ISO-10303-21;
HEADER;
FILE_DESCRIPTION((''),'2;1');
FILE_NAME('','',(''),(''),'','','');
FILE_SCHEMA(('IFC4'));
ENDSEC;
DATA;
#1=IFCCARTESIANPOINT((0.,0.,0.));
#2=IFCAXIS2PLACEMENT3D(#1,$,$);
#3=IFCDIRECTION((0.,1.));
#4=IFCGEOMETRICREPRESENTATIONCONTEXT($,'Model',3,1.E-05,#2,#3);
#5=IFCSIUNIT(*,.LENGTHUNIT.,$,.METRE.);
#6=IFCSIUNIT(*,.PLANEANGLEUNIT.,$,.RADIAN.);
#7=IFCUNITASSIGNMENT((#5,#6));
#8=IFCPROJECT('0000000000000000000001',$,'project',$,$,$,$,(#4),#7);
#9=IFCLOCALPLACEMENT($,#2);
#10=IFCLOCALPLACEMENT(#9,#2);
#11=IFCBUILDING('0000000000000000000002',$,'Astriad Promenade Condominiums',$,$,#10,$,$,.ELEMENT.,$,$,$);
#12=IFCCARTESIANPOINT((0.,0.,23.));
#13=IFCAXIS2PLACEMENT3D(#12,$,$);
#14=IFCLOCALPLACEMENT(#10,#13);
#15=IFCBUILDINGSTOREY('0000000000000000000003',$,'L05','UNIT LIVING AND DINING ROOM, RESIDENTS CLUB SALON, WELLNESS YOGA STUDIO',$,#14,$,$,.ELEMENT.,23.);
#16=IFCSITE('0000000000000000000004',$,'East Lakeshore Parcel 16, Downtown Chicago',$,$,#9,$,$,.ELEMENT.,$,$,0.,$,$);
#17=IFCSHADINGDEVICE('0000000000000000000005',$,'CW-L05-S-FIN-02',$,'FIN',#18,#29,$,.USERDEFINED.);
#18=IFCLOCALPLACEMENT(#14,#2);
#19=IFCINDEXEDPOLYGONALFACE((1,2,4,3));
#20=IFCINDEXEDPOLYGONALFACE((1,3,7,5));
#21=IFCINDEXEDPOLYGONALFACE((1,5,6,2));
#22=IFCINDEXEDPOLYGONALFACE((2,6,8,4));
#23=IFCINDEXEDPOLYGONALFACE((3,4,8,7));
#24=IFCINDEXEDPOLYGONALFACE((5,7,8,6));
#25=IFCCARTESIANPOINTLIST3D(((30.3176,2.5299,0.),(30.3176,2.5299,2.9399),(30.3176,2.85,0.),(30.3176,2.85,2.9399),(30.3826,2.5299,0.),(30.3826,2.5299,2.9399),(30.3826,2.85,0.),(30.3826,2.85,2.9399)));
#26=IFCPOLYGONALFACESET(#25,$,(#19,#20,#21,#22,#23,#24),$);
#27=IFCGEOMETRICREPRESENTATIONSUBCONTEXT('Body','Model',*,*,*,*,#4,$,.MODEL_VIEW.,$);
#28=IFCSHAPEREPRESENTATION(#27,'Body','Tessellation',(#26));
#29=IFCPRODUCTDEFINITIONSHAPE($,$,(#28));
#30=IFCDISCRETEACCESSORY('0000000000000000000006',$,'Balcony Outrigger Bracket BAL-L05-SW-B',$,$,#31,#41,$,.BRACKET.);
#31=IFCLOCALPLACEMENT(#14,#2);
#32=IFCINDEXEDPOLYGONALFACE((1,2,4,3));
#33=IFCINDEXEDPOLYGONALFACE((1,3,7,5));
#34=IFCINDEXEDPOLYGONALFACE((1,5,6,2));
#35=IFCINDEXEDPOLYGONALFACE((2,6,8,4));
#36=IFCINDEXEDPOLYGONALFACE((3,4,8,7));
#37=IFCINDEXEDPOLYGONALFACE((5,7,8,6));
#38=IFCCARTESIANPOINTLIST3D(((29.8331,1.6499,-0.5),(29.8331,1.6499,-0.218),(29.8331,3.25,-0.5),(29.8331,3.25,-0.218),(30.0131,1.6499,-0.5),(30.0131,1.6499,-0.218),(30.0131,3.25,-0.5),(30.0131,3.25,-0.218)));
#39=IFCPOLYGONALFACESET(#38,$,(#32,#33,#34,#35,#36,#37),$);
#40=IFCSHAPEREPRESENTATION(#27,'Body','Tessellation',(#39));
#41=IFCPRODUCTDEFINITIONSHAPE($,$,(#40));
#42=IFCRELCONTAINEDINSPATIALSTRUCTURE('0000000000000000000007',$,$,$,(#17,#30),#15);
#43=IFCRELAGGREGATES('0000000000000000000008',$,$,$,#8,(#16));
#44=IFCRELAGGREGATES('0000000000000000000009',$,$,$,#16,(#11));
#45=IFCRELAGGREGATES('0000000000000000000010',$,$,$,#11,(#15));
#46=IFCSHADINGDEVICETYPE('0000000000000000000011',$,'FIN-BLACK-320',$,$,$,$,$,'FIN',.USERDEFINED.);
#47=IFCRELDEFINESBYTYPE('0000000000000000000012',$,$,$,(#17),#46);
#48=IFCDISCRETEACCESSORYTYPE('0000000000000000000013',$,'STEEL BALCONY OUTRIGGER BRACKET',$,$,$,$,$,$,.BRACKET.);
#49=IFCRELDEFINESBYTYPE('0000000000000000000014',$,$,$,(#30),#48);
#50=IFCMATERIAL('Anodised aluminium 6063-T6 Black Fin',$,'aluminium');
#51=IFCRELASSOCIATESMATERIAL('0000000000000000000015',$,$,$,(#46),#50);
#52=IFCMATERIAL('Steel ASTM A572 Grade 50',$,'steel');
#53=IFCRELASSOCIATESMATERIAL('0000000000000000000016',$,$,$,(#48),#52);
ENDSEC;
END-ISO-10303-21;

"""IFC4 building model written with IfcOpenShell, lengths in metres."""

from ifc_helpers import new_model, si_unit, direction, frame, origin, origin_2d, place, context, subcontext, project, spatial, rectangle, extrude, source, transform, mapped, material, type_object, type_shapes, element, save


model = new_model("IFC4")

# Units and contexts
model_context = context("Model", 3, precision=1e-05, world=origin(), true_north=direction((0.0, 1.0)))
body_context = subcontext(model_context, "Body", "Model", "MODEL_VIEW")
ifc_project = project(units=[si_unit("LENGTHUNIT", "METRE"), si_unit("PLANEANGLEUNIT", "RADIAN")], contexts=[model_context])

# Site, building, storey
site_placement = place(None, origin())
site = spatial("IfcSite", under=ifc_project, at=site_placement, Name="East Lakeshore Parcel 16, Downtown Chicago", CompositionType="ELEMENT", RefElevation=0.0)
building_placement = place(site_placement, origin())
building = spatial("IfcBuilding", under=site, at=building_placement, Name="Astriad Promenade Condominiums", CompositionType="ELEMENT")
storey_placement = place(building_placement, frame((0.0, 0.0, 23.0)))
storey = spatial("IfcBuildingStorey", under=building, at=storey_placement, Name="L05", Description="UNIT LIVING AND DINING ROOM, RESIDENTS CLUB SALON, WELLNESS YOGA STUDIO", CompositionType="ELEMENT", Elevation=23.0)

# Shading device
ifc_material_1 = material(Name="Anodised aluminium 6063-T6 Black Fin", Category="aluminium")
shading_device_type = type_object("IfcShadingDeviceType", Name="FIN-BLACK-320", ElementType="FIN", PredefinedType="USERDEFINED", material=ifc_material_1)
shared_shape_1 = source(origin(), body_context, "Body", "SweptSolid", [
    extrude(rectangle(XDim=0.0649, YDim=0.3201, at=origin_2d()), origin(), (0.0, 0.0, 1.0), 2.9399),
])
type_shapes(shading_device_type, [shared_shape_1])
shading_device_placement = place(storey_placement, frame((30.3501, 2.6899, 0.0), z_axis=(0.0, 0.0, 1.0), x_axis=(-1.0, 0.0, 0.0)))
element("IfcShadingDevice", 1, at=shading_device_placement, inside=storey, type_object=shading_device_type, Name="CW-L05-S-FIN-02", ObjectType="FIN", PredefinedType="USERDEFINED", context=body_context, shape_type="MappedRepresentation", body=[
    mapped(shared_shape_1, transform((0.0, 0.0, 0.0), scale=1.0)),
])

# Discrete accessory
ifc_material_2 = material(Name="Steel ASTM A572 Grade 50", Category="steel")
discrete_accessory_type = type_object("IfcDiscreteAccessoryType", Name="STEEL BALCONY OUTRIGGER BRACKET", PredefinedType="BRACKET", material=ifc_material_2)
shared_shape_2 = source(origin(), body_context, "Body", "SweptSolid", [
    extrude(rectangle(XDim=1.6001, YDim=0.1799, at=origin_2d()), origin(), (0.0, 0.0, 1.0), 0.282),
])
type_shapes(discrete_accessory_type, [shared_shape_2])
discrete_accessory_placement = place(storey_placement, frame((29.9231, 2.45, -0.5), z_axis=(0.0, 0.0, 1.0), x_axis=(0.0, -1.0, 0.0)))
element("IfcDiscreteAccessory", 2, at=discrete_accessory_placement, inside=storey, type_object=discrete_accessory_type, Name="Balcony Outrigger Bracket BAL-L05-SW-B", PredefinedType="BRACKET", context=body_context, shape_type="MappedRepresentation", body=[
    mapped(shared_shape_2, transform((0.0, 0.0, 0.0), scale=1.0)),
])

save(model, "model.ifc")
